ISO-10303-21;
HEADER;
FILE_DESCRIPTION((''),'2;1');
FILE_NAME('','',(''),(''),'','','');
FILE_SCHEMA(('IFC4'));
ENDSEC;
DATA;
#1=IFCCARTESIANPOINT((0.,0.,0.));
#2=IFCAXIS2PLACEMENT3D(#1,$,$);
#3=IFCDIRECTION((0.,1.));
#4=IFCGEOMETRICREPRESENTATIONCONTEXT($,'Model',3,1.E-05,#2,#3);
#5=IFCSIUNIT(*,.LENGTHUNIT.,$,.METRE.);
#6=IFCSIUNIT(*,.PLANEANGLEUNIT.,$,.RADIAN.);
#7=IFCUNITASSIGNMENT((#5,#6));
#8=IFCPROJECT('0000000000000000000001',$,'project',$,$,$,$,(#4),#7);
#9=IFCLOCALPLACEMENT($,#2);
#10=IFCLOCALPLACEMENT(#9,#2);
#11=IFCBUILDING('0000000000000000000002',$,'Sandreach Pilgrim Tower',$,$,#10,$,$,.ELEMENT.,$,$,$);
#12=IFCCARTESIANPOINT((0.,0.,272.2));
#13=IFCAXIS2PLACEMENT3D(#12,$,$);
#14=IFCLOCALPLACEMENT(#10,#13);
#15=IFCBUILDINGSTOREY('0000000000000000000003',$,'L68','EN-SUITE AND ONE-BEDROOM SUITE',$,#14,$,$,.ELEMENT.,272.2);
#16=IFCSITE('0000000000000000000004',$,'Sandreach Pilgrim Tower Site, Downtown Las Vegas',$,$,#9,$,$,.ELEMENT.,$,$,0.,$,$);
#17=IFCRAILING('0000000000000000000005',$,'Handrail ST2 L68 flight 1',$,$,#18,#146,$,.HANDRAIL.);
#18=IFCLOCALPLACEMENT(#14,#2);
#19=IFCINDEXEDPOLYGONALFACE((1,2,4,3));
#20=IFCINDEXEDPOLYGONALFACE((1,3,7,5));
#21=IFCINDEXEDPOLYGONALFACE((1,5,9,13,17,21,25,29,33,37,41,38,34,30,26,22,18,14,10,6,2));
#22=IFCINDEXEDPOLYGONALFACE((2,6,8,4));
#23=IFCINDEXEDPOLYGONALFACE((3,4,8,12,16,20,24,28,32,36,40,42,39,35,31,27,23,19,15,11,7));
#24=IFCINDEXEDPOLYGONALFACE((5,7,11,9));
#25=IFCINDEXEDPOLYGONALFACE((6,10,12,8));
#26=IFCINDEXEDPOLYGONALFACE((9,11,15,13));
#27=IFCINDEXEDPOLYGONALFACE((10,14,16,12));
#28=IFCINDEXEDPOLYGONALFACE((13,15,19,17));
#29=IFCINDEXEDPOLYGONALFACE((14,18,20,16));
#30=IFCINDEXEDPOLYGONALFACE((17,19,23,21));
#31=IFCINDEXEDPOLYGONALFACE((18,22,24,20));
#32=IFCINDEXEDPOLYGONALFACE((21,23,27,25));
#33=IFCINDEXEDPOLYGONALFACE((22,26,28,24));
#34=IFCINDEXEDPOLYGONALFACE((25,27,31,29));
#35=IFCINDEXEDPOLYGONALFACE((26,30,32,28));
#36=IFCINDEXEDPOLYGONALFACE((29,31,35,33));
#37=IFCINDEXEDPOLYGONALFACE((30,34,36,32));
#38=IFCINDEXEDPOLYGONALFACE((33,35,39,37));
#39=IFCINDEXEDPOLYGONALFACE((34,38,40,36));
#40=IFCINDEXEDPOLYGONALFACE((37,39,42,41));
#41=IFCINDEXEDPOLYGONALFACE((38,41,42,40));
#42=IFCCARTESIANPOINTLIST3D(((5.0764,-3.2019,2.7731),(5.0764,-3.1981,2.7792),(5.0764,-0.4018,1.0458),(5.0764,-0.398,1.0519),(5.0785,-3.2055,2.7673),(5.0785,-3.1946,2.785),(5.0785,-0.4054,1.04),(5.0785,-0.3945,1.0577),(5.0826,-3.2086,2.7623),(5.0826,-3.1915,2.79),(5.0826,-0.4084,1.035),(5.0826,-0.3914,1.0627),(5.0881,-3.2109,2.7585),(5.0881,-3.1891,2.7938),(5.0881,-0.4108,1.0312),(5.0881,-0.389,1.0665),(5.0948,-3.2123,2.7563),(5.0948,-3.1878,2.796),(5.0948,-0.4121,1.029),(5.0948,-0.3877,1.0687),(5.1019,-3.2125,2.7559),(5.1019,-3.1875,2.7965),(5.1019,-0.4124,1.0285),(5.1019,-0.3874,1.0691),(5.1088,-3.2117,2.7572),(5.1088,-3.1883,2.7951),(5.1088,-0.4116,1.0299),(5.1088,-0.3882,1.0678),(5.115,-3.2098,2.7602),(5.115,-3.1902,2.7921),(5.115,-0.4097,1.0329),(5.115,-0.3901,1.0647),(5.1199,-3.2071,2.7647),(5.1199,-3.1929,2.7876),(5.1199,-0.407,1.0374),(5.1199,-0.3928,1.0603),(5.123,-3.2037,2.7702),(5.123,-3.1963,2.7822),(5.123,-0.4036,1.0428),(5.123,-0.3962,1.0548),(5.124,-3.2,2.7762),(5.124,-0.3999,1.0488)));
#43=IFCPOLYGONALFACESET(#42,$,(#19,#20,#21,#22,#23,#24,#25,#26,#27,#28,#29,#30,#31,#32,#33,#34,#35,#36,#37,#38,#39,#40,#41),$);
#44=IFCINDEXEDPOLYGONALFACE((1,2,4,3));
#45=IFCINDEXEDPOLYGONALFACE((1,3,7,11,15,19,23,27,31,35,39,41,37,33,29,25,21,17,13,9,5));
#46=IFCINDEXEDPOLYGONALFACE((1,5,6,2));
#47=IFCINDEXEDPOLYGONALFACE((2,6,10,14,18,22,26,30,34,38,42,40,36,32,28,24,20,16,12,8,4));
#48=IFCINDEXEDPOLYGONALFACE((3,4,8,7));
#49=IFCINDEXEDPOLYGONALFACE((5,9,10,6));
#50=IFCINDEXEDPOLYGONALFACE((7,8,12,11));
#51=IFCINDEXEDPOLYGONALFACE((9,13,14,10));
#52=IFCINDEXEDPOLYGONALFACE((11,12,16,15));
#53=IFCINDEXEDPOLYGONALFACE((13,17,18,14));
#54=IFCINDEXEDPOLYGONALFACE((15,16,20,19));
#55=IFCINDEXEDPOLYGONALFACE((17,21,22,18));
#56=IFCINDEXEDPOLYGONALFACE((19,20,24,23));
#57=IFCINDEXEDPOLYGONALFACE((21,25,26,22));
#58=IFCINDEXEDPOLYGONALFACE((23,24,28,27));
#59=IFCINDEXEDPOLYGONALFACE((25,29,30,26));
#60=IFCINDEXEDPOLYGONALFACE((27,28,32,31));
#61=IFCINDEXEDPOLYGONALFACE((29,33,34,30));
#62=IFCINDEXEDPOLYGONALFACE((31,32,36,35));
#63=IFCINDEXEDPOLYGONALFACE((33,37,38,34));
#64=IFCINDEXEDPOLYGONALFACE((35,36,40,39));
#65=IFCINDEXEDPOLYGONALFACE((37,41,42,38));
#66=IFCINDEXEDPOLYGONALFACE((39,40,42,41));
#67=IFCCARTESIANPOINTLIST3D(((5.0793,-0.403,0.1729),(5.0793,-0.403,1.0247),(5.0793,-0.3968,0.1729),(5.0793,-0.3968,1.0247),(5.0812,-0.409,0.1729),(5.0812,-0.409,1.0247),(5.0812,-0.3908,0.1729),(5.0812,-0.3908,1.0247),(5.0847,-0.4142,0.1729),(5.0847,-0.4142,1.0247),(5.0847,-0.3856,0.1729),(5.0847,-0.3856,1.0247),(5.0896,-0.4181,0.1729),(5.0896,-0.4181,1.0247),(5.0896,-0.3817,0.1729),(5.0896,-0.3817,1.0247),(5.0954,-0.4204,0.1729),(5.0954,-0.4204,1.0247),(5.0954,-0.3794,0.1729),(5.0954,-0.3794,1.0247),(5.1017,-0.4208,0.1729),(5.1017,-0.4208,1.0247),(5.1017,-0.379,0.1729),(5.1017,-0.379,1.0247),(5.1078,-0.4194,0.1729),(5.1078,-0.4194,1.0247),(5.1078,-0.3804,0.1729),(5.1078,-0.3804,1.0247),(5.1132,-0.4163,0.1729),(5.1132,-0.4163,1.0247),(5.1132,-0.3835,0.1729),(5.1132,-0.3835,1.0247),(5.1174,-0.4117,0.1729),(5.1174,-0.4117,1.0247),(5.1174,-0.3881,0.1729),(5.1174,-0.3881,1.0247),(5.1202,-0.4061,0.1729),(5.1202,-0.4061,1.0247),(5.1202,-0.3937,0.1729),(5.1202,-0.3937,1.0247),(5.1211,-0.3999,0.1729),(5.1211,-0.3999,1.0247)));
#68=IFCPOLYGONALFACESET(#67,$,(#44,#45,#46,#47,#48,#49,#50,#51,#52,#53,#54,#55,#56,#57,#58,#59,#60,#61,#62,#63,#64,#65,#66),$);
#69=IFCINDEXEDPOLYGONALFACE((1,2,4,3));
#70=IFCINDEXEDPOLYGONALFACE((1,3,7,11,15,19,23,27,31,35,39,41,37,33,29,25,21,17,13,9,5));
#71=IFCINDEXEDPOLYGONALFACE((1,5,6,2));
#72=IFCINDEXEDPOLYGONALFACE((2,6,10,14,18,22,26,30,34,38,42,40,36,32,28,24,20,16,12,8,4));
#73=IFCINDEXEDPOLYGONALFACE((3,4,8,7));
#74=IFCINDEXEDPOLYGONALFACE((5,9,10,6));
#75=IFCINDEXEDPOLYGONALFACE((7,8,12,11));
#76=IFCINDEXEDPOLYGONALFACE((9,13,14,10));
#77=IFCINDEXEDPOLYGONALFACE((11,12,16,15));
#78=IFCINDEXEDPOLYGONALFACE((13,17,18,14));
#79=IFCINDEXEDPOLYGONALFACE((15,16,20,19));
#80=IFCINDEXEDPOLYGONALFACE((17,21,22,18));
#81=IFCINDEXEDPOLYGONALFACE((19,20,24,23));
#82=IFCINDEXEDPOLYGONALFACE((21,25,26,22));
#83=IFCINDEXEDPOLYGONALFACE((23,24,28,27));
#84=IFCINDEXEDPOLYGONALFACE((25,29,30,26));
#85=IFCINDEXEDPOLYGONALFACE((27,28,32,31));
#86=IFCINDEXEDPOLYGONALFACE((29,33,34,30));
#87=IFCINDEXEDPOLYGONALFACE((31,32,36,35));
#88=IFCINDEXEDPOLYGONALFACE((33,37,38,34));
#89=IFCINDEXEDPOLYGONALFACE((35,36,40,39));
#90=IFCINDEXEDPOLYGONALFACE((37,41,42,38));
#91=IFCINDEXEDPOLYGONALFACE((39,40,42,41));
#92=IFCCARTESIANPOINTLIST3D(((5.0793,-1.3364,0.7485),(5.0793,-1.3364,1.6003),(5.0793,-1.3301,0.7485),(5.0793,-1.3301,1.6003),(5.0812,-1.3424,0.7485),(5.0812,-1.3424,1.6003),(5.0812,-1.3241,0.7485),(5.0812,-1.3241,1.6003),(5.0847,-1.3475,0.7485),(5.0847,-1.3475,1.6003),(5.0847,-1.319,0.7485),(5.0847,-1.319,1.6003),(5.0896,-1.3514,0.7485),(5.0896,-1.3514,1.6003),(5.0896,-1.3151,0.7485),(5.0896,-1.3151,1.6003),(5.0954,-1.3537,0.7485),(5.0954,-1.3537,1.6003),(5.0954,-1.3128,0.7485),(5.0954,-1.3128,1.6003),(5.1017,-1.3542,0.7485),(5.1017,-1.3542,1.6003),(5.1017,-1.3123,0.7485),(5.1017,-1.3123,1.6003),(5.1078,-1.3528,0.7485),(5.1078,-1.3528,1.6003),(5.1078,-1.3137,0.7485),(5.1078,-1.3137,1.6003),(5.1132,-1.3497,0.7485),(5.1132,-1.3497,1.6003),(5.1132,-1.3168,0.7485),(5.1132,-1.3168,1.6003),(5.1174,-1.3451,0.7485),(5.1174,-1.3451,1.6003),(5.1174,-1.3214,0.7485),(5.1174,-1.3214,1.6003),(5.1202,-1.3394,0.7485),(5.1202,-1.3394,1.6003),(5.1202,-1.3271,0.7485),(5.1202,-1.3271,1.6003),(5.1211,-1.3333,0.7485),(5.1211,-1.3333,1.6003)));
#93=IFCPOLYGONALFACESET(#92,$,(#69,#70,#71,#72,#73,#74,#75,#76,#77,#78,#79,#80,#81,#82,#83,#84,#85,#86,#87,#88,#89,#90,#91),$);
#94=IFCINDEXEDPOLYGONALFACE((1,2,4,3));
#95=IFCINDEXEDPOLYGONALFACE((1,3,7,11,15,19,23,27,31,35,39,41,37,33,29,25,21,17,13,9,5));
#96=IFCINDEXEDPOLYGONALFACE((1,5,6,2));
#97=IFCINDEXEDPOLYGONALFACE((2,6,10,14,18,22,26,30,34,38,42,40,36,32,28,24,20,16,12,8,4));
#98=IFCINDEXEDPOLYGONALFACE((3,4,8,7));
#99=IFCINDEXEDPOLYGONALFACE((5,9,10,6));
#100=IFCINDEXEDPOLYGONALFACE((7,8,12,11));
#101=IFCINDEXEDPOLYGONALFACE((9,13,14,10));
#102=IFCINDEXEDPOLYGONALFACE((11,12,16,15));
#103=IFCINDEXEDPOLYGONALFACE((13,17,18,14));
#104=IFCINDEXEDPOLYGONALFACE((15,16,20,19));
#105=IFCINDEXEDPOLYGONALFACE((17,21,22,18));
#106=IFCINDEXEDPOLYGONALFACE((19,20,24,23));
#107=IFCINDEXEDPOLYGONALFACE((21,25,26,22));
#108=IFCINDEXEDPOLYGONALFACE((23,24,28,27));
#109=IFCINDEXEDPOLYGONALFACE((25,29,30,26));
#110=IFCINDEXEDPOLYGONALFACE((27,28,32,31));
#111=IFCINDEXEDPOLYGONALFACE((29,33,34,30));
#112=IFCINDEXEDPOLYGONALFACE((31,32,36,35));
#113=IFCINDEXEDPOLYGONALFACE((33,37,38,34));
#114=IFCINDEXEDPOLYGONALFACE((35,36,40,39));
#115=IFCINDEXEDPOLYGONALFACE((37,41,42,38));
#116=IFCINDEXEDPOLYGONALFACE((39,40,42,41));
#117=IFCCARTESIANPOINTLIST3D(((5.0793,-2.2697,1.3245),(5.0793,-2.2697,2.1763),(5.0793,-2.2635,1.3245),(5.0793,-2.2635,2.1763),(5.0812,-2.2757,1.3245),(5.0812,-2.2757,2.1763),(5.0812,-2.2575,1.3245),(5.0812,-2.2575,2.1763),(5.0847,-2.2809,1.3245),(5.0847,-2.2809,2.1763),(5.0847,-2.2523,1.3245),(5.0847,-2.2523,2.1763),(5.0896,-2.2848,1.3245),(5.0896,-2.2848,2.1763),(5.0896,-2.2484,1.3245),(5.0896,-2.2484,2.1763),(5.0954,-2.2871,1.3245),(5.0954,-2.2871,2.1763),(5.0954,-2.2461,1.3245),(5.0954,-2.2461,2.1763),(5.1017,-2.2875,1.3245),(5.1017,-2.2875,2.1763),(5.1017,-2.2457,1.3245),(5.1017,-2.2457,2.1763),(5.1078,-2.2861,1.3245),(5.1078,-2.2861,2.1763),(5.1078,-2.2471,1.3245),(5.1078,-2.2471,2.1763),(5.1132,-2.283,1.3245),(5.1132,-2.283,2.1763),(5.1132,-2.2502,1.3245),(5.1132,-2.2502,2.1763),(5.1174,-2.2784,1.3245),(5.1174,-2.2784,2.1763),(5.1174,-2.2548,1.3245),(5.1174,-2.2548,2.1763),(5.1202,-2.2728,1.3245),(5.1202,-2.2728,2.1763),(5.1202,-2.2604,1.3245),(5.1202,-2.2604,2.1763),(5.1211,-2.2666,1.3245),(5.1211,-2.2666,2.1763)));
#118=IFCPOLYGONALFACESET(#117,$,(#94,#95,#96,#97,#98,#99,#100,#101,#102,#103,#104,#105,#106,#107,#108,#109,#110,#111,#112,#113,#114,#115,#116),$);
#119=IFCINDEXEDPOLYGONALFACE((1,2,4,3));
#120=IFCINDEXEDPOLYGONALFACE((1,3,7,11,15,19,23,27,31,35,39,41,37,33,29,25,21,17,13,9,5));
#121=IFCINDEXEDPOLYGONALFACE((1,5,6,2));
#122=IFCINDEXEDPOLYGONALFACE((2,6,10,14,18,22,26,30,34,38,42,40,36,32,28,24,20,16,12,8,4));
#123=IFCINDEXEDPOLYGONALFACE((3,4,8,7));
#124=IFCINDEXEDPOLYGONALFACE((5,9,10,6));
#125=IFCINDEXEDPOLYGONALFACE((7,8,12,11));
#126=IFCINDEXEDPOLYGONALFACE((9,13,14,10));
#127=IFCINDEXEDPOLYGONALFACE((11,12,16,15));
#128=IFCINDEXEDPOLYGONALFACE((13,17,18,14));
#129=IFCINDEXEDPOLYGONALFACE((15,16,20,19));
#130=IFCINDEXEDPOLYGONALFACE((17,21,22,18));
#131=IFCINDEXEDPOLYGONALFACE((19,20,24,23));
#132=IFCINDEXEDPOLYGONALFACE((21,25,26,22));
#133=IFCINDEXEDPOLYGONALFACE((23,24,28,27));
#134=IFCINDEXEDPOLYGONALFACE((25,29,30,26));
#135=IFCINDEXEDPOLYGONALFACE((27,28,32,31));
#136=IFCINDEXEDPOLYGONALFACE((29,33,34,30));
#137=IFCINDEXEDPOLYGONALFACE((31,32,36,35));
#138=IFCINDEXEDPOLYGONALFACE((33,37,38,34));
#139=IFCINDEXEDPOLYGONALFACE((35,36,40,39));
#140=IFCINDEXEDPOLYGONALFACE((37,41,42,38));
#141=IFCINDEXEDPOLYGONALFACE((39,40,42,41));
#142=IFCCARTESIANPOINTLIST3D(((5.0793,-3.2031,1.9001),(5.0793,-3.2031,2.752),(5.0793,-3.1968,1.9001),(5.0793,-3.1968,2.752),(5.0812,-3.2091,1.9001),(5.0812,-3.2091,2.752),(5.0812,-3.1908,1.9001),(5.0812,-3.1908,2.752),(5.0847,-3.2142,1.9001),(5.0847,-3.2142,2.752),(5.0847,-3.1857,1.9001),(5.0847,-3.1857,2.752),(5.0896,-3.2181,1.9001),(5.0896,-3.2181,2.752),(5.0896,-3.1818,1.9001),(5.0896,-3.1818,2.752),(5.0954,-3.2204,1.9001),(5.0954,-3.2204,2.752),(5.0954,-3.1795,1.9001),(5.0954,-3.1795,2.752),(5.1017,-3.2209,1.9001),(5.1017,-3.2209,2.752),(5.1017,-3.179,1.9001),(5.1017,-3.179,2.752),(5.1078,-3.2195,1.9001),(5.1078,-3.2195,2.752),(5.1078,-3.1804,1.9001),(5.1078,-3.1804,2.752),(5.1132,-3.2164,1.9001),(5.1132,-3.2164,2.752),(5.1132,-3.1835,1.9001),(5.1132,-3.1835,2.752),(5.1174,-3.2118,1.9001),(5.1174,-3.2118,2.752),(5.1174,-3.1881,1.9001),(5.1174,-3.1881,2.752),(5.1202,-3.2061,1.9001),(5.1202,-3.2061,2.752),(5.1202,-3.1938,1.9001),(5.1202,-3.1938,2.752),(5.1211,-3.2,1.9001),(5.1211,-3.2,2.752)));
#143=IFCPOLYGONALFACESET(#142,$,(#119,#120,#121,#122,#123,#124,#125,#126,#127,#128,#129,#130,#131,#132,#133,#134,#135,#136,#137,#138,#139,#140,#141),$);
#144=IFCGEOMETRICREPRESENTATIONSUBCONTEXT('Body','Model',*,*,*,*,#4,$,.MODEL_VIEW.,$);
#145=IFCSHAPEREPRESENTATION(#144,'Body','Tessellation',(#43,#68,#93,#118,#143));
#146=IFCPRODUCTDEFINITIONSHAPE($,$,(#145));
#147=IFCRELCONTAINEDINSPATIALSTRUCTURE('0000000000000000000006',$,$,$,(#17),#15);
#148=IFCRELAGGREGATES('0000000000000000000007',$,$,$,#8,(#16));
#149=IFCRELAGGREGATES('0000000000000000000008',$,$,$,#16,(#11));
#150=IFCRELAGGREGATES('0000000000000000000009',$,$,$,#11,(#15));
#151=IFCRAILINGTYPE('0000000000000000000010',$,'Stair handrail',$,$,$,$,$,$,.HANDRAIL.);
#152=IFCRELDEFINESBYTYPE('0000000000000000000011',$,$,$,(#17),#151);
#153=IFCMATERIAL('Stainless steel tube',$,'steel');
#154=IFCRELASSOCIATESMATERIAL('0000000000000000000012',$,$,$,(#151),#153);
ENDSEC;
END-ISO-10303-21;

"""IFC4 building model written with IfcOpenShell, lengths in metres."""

from ifc_helpers import new_model, si_unit, direction, frame, origin, origin_2d, place, context, subcontext, project, spatial, circle, extrude, material, type_object, element, save


model = new_model("IFC4")

# Units and contexts
model_context = context("Model", 3, precision=1e-05, world=origin(), true_north=direction((0.0, 1.0)))
body_context = subcontext(model_context, "Body", "Model", "MODEL_VIEW")
ifc_project = project(units=[si_unit("LENGTHUNIT", "METRE"), si_unit("PLANEANGLEUNIT", "RADIAN")], contexts=[model_context])

# Site, building, storey
site_placement = place(None, origin())
site = spatial("IfcSite", under=ifc_project, at=site_placement, Name="Sandreach Pilgrim Tower Site, Downtown Las Vegas", CompositionType="ELEMENT", RefElevation=0.0)
building_placement = place(site_placement, origin())
building = spatial("IfcBuilding", under=site, at=building_placement, Name="Sandreach Pilgrim Tower", CompositionType="ELEMENT")
storey_placement = place(building_placement, frame((0.0, 0.0, 272.2)))
storey = spatial("IfcBuildingStorey", under=building, at=storey_placement, Name="L68", Description="EN-SUITE AND ONE-BEDROOM SUITE", CompositionType="ELEMENT", Elevation=272.2)

# Railing
ifc_material_1 = material(Name="Stainless steel tube", Category="steel")
railing_type = type_object("IfcRailingType", Name="Stair handrail", PredefinedType="HANDRAIL", material=ifc_material_1)
for number, where, name in (
    (1, (5.1001, -0.3999, 0.1729), "Handrail ST2 L68 flight 1"),
):
    element("IfcRailing", number, at=place(storey_placement, frame(where)), inside=storey, type_object=railing_type, Name=name, PredefinedType="HANDRAIL", context=body_context, shape_type="SweptSolid", body=[
        extrude(circle(Radius=0.0239, at=origin_2d()), frame((0.0, 0.0, 0.876), z_axis=(0.0, -0.85109, 0.52502), x_axis=(1.0, 0.0, 0.0)), (0.0, 0.0, 1.0), 3.29),
        extrude(circle(Radius=0.021, at=origin_2d()), origin(), (0.0, 0.0, 1.0), 0.8518),
        extrude(circle(Radius=0.021, at=origin_2d()), frame((0.0, -0.9333, 0.5757)), (0.0, 0.0, 1.0), 0.8518),
        extrude(circle(Radius=0.021, at=origin_2d()), frame((0.0, -1.8667, 1.1516)), (0.0, 0.0, 1.0), 0.8518),
        extrude(circle(Radius=0.021, at=origin_2d()), frame((0.0, -2.8, 1.7273)), (0.0, 0.0, 1.0), 0.8518),
    ])

save(model, "model.ifc")
